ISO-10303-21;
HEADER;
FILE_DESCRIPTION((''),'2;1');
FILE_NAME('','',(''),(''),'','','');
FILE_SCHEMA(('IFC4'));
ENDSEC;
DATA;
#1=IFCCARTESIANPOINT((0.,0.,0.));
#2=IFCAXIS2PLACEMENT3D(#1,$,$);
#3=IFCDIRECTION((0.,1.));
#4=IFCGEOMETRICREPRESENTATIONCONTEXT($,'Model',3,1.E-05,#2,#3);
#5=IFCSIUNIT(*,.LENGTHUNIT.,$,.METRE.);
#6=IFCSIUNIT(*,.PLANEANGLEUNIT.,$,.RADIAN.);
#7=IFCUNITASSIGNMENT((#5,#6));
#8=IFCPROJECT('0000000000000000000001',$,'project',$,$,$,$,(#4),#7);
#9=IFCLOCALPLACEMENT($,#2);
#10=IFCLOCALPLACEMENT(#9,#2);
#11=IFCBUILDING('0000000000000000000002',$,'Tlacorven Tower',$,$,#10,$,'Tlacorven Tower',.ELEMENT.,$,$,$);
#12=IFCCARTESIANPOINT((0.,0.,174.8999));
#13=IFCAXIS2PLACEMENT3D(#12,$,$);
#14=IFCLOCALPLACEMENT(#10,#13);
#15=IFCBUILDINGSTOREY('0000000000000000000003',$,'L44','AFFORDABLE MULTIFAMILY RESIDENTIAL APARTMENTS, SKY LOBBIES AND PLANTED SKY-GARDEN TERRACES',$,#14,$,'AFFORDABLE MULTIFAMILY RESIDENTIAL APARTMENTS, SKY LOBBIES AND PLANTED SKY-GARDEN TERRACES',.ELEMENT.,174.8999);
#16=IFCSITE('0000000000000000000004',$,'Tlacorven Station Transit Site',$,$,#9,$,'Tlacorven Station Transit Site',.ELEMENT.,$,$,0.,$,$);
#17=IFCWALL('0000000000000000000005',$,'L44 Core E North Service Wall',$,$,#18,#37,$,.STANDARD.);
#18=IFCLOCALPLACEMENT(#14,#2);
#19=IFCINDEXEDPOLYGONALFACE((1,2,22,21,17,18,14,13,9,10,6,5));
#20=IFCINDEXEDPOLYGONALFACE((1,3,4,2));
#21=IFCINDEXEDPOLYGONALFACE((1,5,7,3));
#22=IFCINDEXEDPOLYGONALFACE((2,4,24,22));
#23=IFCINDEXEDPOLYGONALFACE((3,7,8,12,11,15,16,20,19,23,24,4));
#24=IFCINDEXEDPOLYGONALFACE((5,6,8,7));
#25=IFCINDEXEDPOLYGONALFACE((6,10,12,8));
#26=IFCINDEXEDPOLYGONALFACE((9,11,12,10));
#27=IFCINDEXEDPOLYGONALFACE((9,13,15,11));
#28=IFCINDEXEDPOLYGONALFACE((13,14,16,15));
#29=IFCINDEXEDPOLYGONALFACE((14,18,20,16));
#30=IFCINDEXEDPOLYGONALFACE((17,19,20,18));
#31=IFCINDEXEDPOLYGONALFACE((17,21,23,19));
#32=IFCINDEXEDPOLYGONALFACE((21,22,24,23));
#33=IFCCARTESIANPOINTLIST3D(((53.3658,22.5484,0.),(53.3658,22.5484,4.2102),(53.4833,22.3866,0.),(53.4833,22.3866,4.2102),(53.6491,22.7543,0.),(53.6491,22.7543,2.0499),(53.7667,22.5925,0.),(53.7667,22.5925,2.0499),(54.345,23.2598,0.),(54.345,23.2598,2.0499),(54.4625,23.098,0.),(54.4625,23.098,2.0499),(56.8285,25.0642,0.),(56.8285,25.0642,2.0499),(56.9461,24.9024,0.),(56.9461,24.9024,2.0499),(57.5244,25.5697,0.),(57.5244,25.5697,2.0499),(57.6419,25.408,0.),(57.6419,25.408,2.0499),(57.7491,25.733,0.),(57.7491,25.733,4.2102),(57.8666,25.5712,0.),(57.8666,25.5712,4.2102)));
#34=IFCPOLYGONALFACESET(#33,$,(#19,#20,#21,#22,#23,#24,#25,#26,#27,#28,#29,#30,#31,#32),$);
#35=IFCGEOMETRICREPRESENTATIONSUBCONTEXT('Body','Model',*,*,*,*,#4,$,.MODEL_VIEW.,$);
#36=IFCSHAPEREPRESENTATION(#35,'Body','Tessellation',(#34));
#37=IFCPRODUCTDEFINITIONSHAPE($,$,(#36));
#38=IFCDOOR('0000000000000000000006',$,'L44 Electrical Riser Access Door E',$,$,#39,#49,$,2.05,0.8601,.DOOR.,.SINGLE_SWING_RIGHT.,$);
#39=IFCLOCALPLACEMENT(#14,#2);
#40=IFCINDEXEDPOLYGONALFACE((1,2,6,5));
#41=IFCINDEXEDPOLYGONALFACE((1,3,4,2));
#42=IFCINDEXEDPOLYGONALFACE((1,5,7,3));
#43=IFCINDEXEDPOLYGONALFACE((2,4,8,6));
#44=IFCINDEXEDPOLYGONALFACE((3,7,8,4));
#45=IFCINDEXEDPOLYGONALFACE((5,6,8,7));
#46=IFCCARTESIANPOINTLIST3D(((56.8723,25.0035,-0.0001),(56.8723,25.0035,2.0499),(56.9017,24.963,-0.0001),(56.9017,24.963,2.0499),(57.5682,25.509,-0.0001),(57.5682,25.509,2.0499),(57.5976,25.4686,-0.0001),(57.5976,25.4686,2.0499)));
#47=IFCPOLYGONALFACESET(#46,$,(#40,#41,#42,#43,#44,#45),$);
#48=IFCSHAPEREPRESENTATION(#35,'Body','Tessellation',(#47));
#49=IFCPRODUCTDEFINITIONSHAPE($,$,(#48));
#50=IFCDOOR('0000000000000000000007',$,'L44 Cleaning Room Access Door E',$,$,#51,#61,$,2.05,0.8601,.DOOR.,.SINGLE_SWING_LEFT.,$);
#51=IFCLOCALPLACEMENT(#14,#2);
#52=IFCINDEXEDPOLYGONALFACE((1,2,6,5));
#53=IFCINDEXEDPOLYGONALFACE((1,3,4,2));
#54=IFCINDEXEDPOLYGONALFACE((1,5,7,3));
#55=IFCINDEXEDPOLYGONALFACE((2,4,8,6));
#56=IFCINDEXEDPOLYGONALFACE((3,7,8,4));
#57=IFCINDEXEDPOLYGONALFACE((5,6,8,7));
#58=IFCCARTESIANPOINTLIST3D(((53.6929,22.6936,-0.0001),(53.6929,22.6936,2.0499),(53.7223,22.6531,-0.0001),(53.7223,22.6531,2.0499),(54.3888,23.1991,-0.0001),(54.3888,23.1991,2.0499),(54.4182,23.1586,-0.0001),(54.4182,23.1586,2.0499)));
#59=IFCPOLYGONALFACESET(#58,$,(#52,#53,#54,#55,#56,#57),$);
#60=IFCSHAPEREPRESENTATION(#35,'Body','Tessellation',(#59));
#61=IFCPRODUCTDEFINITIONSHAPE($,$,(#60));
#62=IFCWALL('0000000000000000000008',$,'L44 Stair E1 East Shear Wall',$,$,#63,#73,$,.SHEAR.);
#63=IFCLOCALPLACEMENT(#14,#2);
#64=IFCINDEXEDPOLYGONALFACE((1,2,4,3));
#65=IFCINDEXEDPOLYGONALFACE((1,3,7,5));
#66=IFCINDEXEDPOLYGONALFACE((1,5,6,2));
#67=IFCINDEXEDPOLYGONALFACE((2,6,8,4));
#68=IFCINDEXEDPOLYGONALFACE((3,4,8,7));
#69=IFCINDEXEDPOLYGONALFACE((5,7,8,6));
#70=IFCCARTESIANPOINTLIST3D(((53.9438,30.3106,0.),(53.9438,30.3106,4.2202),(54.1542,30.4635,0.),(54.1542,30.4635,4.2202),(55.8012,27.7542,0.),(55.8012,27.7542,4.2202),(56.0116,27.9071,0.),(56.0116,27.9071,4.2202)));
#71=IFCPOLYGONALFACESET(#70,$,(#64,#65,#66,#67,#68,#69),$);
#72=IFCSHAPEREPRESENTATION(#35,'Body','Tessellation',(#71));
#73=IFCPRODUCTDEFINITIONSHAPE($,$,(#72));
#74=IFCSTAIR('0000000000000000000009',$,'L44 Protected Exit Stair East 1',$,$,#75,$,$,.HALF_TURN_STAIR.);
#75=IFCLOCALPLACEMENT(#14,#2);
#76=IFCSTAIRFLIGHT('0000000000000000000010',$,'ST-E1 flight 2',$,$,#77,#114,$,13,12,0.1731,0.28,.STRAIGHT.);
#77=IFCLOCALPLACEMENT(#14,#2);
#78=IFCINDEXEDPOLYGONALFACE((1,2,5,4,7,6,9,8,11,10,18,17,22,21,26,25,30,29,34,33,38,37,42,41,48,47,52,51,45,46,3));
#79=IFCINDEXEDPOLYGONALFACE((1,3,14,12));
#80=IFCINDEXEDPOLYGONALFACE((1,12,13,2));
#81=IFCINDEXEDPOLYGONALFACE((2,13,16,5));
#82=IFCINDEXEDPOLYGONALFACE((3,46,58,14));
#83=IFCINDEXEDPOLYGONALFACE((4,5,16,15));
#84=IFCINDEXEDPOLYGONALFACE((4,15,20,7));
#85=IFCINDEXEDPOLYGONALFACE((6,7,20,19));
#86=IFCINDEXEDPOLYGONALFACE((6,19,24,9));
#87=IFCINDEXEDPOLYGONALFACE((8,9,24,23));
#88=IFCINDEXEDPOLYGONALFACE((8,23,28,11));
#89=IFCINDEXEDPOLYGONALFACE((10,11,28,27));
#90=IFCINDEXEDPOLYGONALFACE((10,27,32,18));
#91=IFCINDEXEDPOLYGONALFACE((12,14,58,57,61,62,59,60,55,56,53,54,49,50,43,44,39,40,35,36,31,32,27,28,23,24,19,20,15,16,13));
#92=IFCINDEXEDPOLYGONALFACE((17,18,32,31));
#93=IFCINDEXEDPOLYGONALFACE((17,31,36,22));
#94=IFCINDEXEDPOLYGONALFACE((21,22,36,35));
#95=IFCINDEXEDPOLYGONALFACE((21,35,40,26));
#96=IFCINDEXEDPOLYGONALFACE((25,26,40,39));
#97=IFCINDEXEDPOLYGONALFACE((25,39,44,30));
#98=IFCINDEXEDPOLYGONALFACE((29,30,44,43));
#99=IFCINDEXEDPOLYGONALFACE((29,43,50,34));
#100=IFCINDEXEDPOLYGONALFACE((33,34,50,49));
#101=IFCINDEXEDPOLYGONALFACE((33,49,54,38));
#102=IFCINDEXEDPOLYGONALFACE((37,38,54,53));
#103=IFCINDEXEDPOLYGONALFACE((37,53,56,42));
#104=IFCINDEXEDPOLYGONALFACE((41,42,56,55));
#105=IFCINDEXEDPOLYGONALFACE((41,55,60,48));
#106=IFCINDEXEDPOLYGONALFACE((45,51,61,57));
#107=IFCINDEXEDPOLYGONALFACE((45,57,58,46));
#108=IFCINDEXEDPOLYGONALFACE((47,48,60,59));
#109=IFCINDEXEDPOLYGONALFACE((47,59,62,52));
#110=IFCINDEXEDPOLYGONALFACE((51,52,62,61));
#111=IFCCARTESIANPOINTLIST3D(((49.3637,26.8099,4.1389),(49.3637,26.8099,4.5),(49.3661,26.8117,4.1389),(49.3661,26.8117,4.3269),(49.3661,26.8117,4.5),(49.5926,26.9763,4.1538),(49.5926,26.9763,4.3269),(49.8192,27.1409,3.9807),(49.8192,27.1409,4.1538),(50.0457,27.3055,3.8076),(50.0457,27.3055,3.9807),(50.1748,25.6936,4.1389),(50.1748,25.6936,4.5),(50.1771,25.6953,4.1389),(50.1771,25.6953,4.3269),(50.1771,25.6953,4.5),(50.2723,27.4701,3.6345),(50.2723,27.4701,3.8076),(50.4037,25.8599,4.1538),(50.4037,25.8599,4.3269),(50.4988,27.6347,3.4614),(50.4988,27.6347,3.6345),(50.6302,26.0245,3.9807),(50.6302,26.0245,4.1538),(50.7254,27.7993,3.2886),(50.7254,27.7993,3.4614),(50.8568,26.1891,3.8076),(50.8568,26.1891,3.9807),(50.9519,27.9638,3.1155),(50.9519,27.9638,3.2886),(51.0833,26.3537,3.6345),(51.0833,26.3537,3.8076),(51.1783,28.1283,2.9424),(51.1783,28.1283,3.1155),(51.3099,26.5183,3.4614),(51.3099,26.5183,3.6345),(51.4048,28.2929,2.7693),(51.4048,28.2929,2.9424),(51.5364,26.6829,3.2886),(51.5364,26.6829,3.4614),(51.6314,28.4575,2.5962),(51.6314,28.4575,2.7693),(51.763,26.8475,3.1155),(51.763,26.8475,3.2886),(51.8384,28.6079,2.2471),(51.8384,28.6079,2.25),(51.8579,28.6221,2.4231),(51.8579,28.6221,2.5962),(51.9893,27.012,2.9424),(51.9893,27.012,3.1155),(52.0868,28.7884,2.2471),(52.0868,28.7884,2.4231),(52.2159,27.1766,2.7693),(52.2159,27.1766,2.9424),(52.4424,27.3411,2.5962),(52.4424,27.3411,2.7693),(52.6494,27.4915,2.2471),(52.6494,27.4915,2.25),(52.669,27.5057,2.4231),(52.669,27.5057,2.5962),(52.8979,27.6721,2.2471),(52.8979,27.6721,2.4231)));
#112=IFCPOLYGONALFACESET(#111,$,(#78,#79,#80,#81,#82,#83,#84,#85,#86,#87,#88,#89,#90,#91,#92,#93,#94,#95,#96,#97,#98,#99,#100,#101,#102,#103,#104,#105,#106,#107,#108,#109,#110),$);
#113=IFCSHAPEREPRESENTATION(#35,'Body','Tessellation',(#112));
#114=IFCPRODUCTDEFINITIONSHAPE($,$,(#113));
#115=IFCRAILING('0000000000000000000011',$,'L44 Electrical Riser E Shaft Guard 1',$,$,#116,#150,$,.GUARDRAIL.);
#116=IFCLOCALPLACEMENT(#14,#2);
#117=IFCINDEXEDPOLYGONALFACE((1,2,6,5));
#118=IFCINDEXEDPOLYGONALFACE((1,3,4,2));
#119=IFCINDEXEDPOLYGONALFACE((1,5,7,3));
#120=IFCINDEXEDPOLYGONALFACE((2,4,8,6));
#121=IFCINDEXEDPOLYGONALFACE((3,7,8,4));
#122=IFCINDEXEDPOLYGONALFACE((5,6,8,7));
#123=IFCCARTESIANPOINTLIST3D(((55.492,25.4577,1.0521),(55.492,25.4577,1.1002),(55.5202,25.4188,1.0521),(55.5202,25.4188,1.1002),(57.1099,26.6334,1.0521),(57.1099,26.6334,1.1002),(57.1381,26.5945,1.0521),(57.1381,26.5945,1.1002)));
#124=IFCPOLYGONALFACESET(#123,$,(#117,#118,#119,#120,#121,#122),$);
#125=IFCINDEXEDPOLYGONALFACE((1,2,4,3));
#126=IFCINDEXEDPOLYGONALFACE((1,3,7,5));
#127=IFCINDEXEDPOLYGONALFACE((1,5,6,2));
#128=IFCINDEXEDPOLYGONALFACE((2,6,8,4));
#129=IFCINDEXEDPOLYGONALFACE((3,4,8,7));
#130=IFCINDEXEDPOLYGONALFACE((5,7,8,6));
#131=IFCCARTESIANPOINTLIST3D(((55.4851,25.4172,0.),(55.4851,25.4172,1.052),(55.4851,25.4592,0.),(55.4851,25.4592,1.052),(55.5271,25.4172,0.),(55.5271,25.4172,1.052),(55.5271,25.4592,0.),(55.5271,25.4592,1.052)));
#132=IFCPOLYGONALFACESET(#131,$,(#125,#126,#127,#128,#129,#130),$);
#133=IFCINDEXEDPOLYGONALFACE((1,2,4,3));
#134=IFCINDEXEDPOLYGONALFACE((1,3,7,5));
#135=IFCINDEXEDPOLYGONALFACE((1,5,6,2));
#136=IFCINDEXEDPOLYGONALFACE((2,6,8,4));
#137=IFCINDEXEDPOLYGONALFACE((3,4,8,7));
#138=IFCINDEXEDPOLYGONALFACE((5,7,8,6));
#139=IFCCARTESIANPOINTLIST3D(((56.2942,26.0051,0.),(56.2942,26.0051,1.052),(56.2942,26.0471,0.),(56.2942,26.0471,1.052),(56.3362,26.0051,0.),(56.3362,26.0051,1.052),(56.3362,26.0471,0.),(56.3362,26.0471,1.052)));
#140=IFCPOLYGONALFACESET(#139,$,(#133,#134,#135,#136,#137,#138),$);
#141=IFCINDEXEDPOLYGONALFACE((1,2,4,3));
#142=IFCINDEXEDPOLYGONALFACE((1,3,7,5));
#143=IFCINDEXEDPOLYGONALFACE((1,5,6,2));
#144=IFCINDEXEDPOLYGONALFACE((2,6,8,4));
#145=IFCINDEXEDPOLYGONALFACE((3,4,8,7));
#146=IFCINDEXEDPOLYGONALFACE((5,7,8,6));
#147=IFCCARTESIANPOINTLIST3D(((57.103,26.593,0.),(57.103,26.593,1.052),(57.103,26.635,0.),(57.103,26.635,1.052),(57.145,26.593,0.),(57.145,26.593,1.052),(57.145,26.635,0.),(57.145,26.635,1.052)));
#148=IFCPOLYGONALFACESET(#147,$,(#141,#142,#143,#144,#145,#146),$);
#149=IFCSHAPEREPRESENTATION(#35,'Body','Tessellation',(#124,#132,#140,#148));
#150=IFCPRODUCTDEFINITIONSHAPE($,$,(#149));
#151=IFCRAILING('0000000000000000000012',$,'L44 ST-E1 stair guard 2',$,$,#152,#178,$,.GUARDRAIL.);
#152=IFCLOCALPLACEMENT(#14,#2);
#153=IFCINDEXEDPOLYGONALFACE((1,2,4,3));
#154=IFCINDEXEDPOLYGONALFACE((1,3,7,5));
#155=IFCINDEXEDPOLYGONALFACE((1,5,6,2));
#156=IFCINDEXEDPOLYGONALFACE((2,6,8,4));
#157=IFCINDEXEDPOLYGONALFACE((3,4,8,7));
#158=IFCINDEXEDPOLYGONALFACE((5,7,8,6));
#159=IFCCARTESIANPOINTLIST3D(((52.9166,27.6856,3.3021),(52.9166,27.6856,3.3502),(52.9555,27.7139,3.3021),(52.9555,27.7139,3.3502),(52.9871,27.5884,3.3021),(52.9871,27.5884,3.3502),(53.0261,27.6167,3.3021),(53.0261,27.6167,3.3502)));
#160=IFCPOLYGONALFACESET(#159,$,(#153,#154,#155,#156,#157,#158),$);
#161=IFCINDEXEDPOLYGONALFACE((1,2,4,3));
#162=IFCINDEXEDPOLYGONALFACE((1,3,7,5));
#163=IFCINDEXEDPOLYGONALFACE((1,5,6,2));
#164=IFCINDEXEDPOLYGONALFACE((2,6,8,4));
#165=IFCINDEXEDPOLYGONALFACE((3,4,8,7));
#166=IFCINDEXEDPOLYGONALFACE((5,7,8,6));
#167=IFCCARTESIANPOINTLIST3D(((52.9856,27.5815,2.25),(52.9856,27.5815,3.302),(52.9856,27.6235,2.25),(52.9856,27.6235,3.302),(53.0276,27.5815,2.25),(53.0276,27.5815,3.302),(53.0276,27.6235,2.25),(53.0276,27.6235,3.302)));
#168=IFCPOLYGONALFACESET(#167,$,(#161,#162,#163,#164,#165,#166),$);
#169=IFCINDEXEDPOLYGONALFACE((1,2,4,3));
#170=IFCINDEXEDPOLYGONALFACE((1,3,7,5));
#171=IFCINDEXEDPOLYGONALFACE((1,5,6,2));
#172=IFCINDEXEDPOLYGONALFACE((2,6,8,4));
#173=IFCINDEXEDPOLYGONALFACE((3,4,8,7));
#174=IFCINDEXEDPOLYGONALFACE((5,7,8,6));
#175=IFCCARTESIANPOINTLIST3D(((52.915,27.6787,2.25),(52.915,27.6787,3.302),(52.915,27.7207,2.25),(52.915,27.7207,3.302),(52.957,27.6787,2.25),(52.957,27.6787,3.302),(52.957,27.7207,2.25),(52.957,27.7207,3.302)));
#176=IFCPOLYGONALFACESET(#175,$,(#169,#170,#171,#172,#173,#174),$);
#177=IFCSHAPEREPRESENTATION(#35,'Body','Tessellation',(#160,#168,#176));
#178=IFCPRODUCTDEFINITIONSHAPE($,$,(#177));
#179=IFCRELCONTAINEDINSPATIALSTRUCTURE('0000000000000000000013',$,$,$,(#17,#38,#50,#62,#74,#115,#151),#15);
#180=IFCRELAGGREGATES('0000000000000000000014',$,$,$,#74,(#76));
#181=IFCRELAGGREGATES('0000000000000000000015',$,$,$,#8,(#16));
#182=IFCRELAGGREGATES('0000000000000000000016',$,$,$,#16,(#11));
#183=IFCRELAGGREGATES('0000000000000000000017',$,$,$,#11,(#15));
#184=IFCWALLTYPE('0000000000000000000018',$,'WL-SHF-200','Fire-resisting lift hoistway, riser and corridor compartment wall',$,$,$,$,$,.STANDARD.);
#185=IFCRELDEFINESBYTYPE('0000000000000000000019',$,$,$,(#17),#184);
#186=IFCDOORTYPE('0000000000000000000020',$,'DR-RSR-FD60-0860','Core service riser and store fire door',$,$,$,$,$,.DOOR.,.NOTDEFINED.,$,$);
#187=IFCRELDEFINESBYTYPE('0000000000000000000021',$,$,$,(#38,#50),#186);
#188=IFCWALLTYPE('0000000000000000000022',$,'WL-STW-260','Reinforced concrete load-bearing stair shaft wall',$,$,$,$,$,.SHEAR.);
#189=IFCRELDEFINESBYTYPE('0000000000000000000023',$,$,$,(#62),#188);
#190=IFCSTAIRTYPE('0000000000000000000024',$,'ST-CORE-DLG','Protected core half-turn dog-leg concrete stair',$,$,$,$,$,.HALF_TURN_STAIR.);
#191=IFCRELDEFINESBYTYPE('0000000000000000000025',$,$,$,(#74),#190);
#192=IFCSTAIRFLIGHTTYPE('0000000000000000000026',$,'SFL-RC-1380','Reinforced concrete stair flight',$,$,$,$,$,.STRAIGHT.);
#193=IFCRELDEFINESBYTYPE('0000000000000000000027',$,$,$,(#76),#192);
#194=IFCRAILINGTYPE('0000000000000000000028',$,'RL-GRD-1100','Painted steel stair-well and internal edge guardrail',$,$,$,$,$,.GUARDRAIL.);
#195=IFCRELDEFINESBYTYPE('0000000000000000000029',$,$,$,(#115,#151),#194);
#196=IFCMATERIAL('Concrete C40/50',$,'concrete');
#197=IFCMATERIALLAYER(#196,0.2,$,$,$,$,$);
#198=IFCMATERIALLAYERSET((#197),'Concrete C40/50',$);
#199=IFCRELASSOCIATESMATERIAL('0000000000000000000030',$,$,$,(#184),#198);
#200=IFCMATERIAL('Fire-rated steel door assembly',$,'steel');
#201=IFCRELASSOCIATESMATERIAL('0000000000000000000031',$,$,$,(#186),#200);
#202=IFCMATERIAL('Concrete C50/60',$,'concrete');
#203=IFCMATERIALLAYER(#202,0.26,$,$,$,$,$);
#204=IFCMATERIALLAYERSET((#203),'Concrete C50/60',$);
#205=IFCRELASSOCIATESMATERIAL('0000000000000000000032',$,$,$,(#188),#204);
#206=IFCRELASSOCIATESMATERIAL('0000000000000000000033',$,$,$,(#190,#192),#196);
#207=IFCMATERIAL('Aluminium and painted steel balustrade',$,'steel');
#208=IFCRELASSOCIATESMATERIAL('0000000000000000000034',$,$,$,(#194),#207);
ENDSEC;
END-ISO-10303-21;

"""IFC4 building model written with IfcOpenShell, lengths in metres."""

from ifc_helpers import new_model, si_unit, direction, frame, frame_2d, origin, origin_2d, place, context, subcontext, project, spatial, polyline, rectangle, outline, extrude, source, transform, mapped, material, layer, layer_set, type_object, element, fill, aggregate, save


model = new_model("IFC4")

# Units and contexts
model_context = context("Model", 3, precision=1e-05, world=origin(), true_north=direction((0.0, 1.0)))
body_context = subcontext(model_context, "Body", "Model", "MODEL_VIEW")
ifc_project = project(units=[si_unit("LENGTHUNIT", "METRE"), si_unit("PLANEANGLEUNIT", "RADIAN")], contexts=[model_context])

# Site, building, storey
site_placement = place(None, origin())
site = spatial("IfcSite", under=ifc_project, at=site_placement, Name="Tlacorven Station Transit Site", LongName="Tlacorven Station Transit Site", CompositionType="ELEMENT", RefElevation=0.0)
building_placement = place(site_placement, origin())
building = spatial("IfcBuilding", under=site, at=building_placement, Name="Tlacorven Tower", LongName="Tlacorven Tower", CompositionType="ELEMENT")
storey_placement = place(building_placement, frame((0.0, 0.0, 174.8999)))
storey = spatial("IfcBuildingStorey", under=building, at=storey_placement, Name="L44", Description="AFFORDABLE MULTIFAMILY RESIDENTIAL APARTMENTS, SKY LOBBIES AND PLANTED SKY-GARDEN TERRACES", LongName="AFFORDABLE MULTIFAMILY RESIDENTIAL APARTMENTS, SKY LOBBIES AND PLANTED SKY-GARDEN TERRACES", CompositionType="ELEMENT", Elevation=174.8999)

# Shared definitions
ifc_material_1 = material(Name="Concrete C40/50", Category="concrete")
ifc_layer_1 = layer(ifc_material_1, 0.2)
ifc_layer_set_1 = layer_set([ifc_layer_1], Name="Concrete C40/50")
wall_type_1 = type_object("IfcWallType", Name="WL-SHF-200", Description="Fire-resisting lift hoistway, riser and corridor compartment wall", PredefinedType="STANDARD", material=ifc_layer_set_1)
ifc_material_2 = material(Name="Fire-rated steel door assembly", Category="steel")
door_type_1 = type_object("IfcDoorType", Name="DR-RSR-FD60-0860", Description="Core service riser and store fire door", OperationType="NOTDEFINED", PredefinedType="DOOR", material=ifc_material_2)
shared_shape_1 = source(origin(), body_context, "Body", "SweptSolid", [
    extrude(rectangle(XDim=0.8601, YDim=2.05, at=frame_2d((0.4302, 1.0249))), frame((0.0, 0.0249, 0.0), z_axis=(0.0, -1.0, 0.0), x_axis=(1.0, 0.0, 0.0)), (0.0, 0.0, 1.0), 0.05),
])

# Wall, openings, doors
wall_1_placement = place(storey_placement, frame((53.4246, 22.4675, 0.0), z_axis=(0.0, 0.0, 1.0), x_axis=(0.809024, 0.587775, 0.0)))
wall_1 = element("IfcWall", 1, at=wall_1_placement, inside=storey, type_object=wall_type_1, Name="L44 Core E North Service Wall", PredefinedType="STANDARD", context=body_context, shape_type="SweptSolid", body=[
    extrude(rectangle(XDim=5.418, YDim=0.2, at=frame_2d((2.709, 0.0))), origin(), (0.0, 0.0, 1.0), 4.2102),
])
opening_1_placement = place(wall_1_placement, frame((4.28, 0.0, 0.0)))
opening_1 = element("IfcOpeningElement", 2, at=opening_1_placement, cuts=wall_1, PredefinedType="OPENING", context=body_context, shape_type="SweptSolid", body=[
    extrude(rectangle(XDim=0.8601, YDim=2.05, at=frame_2d((0.4302, 1.0249))), frame((0.0, 0.1099, 0.0), z_axis=(0.0, -1.0, 0.0), x_axis=(1.0, 0.0, 0.0)), (0.0, 0.0, 1.0), 0.22),
])
opening_2_placement = place(wall_1_placement, frame((0.3501, 0.0, 0.0)))
opening_2 = element("IfcOpeningElement", 3, at=opening_2_placement, cuts=wall_1, PredefinedType="OPENING", context=body_context, shape_type="SweptSolid", body=[
    extrude(rectangle(XDim=0.8601, YDim=2.05, at=frame_2d((0.4302, 1.0249))), frame((0.0, 0.1099, 0.0), z_axis=(0.0, -1.0, 0.0), x_axis=(1.0, 0.0, 0.0)), (0.0, 0.0, 1.0), 0.22),
])
door_1_placement = place(opening_1_placement, frame((0.8601, 0.0, 0.0), z_axis=(0.0, 0.0, 1.0), x_axis=(-1.0, 0.0, 0.0)))
door_1 = element("IfcDoor", 4, at=door_1_placement, inside=storey, type_object=door_type_1, Name="L44 Electrical Riser Access Door E", OperationType="SINGLE_SWING_RIGHT", OverallHeight=2.05, OverallWidth=0.8601, PredefinedType="DOOR", context=body_context, shape_type="MappedRepresentation", body=[
    mapped(shared_shape_1, transform((0.0, 0.0, 0.0), scale=1.0)),
])
fill(opening_1, door_1)
door_2_placement = place(opening_2_placement, frame((0.8601, 0.0, 0.0), z_axis=(0.0, 0.0, 1.0), x_axis=(-1.0, 0.0, 0.0)))
door_2 = element("IfcDoor", 5, at=door_2_placement, inside=storey, type_object=door_type_1, Name="L44 Cleaning Room Access Door E", OperationType="SINGLE_SWING_LEFT", OverallHeight=2.05, OverallWidth=0.8601, PredefinedType="DOOR", context=body_context, shape_type="MappedRepresentation", body=[
    mapped(shared_shape_1, transform((0.0, 0.0, 0.0), scale=1.0)),
])
fill(opening_2, door_2)

# Wall
ifc_material_3 = material(Name="Concrete C50/60", Category="concrete")
ifc_layer_2 = layer(ifc_material_3, 0.26)
ifc_layer_set_2 = layer_set([ifc_layer_2], Name="Concrete C50/60")
wall_type_2 = type_object("IfcWallType", Name="WL-STW-260", Description="Reinforced concrete load-bearing stair shaft wall", PredefinedType="SHEAR", material=ifc_layer_set_2)
wall_2_placement = place(storey_placement, frame((55.9065, 27.8306, 0.0), z_axis=(0.0, 0.0, 1.0), x_axis=(-0.587804, 0.809003, 0.0)))
element("IfcWall", 6, at=wall_2_placement, inside=storey, type_object=wall_type_2, Name="L44 Stair E1 East Shear Wall", PredefinedType="SHEAR", context=body_context, shape_type="SweptSolid", body=[
    extrude(rectangle(XDim=3.1599, YDim=0.26, at=frame_2d((1.5801, 0.0))), origin(), (0.0, 0.0, 1.0), 4.2202),
])

# Stair, stair flight
stair_type = type_object("IfcStairType", Name="ST-CORE-DLG", Description="Protected core half-turn dog-leg concrete stair", PredefinedType="HALF_TURN_STAIR", material=ifc_material_1)
stair_placement = place(storey_placement, origin())
stair = element("IfcStair", 7, at=stair_placement, inside=storey, type_object=stair_type, Name="L44 Protected Exit Stair East 1", PredefinedType="HALF_TURN_STAIR")
stair_flight_type = type_object("IfcStairFlightType", Name="SFL-RC-1380", Description="Reinforced concrete stair flight", PredefinedType="STRAIGHT", material=ifc_material_1)
shared_shape_2 = source(origin(), body_context, "Body", "SweptSolid", [
    extrude(outline(polyline([(-0.0029, -0.0029), (-0.0029, 0.1731), (0.28, 0.1731), (0.28, 0.3462), (0.5601, 0.3462), (0.5601, 0.5193), (0.8401, 0.5193), (0.8401, 0.6924), (1.1201, 0.6924), (1.1201, 0.8655), (1.3999, 0.8655), (1.3999, 1.0386), (1.6799, 1.0386), (1.6799, 1.2114), (1.96, 1.2114), (1.96, 1.3845), (2.24, 1.3845), (2.24, 1.5576), (2.52, 1.5576), (2.52, 1.7307), (2.8, 1.7307), (2.8, 1.9038), (3.0801, 1.9038), (3.0801, 2.0769), (3.3601, 2.0769), (3.3601, 2.25), (3.363, 2.25), (3.363, 1.8889), (3.3601, 1.8889), (0.3042, 0.0), (0.3042, -0.0029), (-0.0029, -0.0029)])), frame((0.0, 0.6899, 0.0), z_axis=(0.0, -1.0, 0.0), x_axis=(1.0, 0.0, 0.0)), (0.0, 0.0, 1.0), 1.3799),
])
stair_flight_placement = place(storey_placement, frame((52.49, 28.2285, 2.25), z_axis=(0.0, 0.0, 1.0), x_axis=(-0.809017, -0.587785, 0.0)))
stair_flight = element("IfcStairFlight", 8, at=stair_flight_placement, type_object=stair_flight_type, Name="ST-E1 flight 2", NumberOfRisers=13, NumberOfTreads=12, PredefinedType="STRAIGHT", RiserHeight=0.1731, TreadLength=0.28, context=body_context, shape_type="MappedRepresentation", body=[
    mapped(shared_shape_2, transform((0.0, 0.0, 0.0), scale=1.0)),
])
aggregate(stair, [stair_flight])

# Railings
ifc_material_4 = material(Name="Aluminium and painted steel balustrade", Category="steel")
railing_type_1 = type_object("IfcRailingType", Name="RL-GRD-1100", Description="Painted steel stair-well and internal edge guardrail", PredefinedType="GUARDRAIL", material=ifc_material_4)
shared_shape_3 = source(origin(), body_context, "Body", "SweptSolid", [
    extrude(rectangle(XDim=0.0481, YDim=0.0481, at=origin_2d()), frame((0.0, 0.0, 1.0762), z_axis=(0.808947, 0.587881, 0.0), x_axis=(-0.587881, 0.808947, 0.0)), (0.0, 0.0, 1.0), 2.0),
    extrude(rectangle(XDim=0.042, YDim=0.042, at=origin_2d()), origin(), (0.0, 0.0, 1.0), 1.052),
    extrude(rectangle(XDim=0.042, YDim=0.042, at=origin_2d()), frame((0.8091, 0.5879, 0.0)), (0.0, 0.0, 1.0), 1.052),
    extrude(rectangle(XDim=0.042, YDim=0.042, at=origin_2d()), frame((1.6179, 1.1758, 0.0)), (0.0, 0.0, 1.0), 1.052),
])
railing_1_placement = place(storey_placement, frame((55.5061, 25.4382, 0.0)))
element("IfcRailing", 9, at=railing_1_placement, inside=storey, type_object=railing_type_1, Name="L44 Electrical Riser E Shaft Guard 1", PredefinedType="GUARDRAIL", context=body_context, shape_type="MappedRepresentation", body=[
    mapped(shared_shape_3, transform((0.0, 0.0, 0.0), scale=1.0)),
])
shared_shape_4 = source(origin(), body_context, "Body", "SweptSolid", [
    extrude(rectangle(XDim=0.0481, YDim=0.0481, at=origin_2d()), frame((0.0, 0.0, 1.0762), z_axis=(-0.587567, 0.809175, 0.0), x_axis=(-0.809175, -0.587567, 0.0)), (0.0, 0.0, 1.0), 0.1201),
    extrude(rectangle(XDim=0.042, YDim=0.042, at=origin_2d()), origin(), (0.0, 0.0, 1.0), 1.052),
    extrude(rectangle(XDim=0.042, YDim=0.042, at=origin_2d()), frame((-0.0706, 0.0972, 0.0)), (0.0, 0.0, 1.0), 1.052),
])
railing_2_placement = place(storey_placement, frame((53.0066, 27.6025, 2.25)))
element("IfcRailing", 10, at=railing_2_placement, inside=storey, type_object=railing_type_1, Name="L44 ST-E1 stair guard 2", PredefinedType="GUARDRAIL", context=body_context, shape_type="MappedRepresentation", body=[
    mapped(shared_shape_4, transform((0.0, 0.0, 0.0), scale=1.0)),
])

save(model, "model.ifc")
